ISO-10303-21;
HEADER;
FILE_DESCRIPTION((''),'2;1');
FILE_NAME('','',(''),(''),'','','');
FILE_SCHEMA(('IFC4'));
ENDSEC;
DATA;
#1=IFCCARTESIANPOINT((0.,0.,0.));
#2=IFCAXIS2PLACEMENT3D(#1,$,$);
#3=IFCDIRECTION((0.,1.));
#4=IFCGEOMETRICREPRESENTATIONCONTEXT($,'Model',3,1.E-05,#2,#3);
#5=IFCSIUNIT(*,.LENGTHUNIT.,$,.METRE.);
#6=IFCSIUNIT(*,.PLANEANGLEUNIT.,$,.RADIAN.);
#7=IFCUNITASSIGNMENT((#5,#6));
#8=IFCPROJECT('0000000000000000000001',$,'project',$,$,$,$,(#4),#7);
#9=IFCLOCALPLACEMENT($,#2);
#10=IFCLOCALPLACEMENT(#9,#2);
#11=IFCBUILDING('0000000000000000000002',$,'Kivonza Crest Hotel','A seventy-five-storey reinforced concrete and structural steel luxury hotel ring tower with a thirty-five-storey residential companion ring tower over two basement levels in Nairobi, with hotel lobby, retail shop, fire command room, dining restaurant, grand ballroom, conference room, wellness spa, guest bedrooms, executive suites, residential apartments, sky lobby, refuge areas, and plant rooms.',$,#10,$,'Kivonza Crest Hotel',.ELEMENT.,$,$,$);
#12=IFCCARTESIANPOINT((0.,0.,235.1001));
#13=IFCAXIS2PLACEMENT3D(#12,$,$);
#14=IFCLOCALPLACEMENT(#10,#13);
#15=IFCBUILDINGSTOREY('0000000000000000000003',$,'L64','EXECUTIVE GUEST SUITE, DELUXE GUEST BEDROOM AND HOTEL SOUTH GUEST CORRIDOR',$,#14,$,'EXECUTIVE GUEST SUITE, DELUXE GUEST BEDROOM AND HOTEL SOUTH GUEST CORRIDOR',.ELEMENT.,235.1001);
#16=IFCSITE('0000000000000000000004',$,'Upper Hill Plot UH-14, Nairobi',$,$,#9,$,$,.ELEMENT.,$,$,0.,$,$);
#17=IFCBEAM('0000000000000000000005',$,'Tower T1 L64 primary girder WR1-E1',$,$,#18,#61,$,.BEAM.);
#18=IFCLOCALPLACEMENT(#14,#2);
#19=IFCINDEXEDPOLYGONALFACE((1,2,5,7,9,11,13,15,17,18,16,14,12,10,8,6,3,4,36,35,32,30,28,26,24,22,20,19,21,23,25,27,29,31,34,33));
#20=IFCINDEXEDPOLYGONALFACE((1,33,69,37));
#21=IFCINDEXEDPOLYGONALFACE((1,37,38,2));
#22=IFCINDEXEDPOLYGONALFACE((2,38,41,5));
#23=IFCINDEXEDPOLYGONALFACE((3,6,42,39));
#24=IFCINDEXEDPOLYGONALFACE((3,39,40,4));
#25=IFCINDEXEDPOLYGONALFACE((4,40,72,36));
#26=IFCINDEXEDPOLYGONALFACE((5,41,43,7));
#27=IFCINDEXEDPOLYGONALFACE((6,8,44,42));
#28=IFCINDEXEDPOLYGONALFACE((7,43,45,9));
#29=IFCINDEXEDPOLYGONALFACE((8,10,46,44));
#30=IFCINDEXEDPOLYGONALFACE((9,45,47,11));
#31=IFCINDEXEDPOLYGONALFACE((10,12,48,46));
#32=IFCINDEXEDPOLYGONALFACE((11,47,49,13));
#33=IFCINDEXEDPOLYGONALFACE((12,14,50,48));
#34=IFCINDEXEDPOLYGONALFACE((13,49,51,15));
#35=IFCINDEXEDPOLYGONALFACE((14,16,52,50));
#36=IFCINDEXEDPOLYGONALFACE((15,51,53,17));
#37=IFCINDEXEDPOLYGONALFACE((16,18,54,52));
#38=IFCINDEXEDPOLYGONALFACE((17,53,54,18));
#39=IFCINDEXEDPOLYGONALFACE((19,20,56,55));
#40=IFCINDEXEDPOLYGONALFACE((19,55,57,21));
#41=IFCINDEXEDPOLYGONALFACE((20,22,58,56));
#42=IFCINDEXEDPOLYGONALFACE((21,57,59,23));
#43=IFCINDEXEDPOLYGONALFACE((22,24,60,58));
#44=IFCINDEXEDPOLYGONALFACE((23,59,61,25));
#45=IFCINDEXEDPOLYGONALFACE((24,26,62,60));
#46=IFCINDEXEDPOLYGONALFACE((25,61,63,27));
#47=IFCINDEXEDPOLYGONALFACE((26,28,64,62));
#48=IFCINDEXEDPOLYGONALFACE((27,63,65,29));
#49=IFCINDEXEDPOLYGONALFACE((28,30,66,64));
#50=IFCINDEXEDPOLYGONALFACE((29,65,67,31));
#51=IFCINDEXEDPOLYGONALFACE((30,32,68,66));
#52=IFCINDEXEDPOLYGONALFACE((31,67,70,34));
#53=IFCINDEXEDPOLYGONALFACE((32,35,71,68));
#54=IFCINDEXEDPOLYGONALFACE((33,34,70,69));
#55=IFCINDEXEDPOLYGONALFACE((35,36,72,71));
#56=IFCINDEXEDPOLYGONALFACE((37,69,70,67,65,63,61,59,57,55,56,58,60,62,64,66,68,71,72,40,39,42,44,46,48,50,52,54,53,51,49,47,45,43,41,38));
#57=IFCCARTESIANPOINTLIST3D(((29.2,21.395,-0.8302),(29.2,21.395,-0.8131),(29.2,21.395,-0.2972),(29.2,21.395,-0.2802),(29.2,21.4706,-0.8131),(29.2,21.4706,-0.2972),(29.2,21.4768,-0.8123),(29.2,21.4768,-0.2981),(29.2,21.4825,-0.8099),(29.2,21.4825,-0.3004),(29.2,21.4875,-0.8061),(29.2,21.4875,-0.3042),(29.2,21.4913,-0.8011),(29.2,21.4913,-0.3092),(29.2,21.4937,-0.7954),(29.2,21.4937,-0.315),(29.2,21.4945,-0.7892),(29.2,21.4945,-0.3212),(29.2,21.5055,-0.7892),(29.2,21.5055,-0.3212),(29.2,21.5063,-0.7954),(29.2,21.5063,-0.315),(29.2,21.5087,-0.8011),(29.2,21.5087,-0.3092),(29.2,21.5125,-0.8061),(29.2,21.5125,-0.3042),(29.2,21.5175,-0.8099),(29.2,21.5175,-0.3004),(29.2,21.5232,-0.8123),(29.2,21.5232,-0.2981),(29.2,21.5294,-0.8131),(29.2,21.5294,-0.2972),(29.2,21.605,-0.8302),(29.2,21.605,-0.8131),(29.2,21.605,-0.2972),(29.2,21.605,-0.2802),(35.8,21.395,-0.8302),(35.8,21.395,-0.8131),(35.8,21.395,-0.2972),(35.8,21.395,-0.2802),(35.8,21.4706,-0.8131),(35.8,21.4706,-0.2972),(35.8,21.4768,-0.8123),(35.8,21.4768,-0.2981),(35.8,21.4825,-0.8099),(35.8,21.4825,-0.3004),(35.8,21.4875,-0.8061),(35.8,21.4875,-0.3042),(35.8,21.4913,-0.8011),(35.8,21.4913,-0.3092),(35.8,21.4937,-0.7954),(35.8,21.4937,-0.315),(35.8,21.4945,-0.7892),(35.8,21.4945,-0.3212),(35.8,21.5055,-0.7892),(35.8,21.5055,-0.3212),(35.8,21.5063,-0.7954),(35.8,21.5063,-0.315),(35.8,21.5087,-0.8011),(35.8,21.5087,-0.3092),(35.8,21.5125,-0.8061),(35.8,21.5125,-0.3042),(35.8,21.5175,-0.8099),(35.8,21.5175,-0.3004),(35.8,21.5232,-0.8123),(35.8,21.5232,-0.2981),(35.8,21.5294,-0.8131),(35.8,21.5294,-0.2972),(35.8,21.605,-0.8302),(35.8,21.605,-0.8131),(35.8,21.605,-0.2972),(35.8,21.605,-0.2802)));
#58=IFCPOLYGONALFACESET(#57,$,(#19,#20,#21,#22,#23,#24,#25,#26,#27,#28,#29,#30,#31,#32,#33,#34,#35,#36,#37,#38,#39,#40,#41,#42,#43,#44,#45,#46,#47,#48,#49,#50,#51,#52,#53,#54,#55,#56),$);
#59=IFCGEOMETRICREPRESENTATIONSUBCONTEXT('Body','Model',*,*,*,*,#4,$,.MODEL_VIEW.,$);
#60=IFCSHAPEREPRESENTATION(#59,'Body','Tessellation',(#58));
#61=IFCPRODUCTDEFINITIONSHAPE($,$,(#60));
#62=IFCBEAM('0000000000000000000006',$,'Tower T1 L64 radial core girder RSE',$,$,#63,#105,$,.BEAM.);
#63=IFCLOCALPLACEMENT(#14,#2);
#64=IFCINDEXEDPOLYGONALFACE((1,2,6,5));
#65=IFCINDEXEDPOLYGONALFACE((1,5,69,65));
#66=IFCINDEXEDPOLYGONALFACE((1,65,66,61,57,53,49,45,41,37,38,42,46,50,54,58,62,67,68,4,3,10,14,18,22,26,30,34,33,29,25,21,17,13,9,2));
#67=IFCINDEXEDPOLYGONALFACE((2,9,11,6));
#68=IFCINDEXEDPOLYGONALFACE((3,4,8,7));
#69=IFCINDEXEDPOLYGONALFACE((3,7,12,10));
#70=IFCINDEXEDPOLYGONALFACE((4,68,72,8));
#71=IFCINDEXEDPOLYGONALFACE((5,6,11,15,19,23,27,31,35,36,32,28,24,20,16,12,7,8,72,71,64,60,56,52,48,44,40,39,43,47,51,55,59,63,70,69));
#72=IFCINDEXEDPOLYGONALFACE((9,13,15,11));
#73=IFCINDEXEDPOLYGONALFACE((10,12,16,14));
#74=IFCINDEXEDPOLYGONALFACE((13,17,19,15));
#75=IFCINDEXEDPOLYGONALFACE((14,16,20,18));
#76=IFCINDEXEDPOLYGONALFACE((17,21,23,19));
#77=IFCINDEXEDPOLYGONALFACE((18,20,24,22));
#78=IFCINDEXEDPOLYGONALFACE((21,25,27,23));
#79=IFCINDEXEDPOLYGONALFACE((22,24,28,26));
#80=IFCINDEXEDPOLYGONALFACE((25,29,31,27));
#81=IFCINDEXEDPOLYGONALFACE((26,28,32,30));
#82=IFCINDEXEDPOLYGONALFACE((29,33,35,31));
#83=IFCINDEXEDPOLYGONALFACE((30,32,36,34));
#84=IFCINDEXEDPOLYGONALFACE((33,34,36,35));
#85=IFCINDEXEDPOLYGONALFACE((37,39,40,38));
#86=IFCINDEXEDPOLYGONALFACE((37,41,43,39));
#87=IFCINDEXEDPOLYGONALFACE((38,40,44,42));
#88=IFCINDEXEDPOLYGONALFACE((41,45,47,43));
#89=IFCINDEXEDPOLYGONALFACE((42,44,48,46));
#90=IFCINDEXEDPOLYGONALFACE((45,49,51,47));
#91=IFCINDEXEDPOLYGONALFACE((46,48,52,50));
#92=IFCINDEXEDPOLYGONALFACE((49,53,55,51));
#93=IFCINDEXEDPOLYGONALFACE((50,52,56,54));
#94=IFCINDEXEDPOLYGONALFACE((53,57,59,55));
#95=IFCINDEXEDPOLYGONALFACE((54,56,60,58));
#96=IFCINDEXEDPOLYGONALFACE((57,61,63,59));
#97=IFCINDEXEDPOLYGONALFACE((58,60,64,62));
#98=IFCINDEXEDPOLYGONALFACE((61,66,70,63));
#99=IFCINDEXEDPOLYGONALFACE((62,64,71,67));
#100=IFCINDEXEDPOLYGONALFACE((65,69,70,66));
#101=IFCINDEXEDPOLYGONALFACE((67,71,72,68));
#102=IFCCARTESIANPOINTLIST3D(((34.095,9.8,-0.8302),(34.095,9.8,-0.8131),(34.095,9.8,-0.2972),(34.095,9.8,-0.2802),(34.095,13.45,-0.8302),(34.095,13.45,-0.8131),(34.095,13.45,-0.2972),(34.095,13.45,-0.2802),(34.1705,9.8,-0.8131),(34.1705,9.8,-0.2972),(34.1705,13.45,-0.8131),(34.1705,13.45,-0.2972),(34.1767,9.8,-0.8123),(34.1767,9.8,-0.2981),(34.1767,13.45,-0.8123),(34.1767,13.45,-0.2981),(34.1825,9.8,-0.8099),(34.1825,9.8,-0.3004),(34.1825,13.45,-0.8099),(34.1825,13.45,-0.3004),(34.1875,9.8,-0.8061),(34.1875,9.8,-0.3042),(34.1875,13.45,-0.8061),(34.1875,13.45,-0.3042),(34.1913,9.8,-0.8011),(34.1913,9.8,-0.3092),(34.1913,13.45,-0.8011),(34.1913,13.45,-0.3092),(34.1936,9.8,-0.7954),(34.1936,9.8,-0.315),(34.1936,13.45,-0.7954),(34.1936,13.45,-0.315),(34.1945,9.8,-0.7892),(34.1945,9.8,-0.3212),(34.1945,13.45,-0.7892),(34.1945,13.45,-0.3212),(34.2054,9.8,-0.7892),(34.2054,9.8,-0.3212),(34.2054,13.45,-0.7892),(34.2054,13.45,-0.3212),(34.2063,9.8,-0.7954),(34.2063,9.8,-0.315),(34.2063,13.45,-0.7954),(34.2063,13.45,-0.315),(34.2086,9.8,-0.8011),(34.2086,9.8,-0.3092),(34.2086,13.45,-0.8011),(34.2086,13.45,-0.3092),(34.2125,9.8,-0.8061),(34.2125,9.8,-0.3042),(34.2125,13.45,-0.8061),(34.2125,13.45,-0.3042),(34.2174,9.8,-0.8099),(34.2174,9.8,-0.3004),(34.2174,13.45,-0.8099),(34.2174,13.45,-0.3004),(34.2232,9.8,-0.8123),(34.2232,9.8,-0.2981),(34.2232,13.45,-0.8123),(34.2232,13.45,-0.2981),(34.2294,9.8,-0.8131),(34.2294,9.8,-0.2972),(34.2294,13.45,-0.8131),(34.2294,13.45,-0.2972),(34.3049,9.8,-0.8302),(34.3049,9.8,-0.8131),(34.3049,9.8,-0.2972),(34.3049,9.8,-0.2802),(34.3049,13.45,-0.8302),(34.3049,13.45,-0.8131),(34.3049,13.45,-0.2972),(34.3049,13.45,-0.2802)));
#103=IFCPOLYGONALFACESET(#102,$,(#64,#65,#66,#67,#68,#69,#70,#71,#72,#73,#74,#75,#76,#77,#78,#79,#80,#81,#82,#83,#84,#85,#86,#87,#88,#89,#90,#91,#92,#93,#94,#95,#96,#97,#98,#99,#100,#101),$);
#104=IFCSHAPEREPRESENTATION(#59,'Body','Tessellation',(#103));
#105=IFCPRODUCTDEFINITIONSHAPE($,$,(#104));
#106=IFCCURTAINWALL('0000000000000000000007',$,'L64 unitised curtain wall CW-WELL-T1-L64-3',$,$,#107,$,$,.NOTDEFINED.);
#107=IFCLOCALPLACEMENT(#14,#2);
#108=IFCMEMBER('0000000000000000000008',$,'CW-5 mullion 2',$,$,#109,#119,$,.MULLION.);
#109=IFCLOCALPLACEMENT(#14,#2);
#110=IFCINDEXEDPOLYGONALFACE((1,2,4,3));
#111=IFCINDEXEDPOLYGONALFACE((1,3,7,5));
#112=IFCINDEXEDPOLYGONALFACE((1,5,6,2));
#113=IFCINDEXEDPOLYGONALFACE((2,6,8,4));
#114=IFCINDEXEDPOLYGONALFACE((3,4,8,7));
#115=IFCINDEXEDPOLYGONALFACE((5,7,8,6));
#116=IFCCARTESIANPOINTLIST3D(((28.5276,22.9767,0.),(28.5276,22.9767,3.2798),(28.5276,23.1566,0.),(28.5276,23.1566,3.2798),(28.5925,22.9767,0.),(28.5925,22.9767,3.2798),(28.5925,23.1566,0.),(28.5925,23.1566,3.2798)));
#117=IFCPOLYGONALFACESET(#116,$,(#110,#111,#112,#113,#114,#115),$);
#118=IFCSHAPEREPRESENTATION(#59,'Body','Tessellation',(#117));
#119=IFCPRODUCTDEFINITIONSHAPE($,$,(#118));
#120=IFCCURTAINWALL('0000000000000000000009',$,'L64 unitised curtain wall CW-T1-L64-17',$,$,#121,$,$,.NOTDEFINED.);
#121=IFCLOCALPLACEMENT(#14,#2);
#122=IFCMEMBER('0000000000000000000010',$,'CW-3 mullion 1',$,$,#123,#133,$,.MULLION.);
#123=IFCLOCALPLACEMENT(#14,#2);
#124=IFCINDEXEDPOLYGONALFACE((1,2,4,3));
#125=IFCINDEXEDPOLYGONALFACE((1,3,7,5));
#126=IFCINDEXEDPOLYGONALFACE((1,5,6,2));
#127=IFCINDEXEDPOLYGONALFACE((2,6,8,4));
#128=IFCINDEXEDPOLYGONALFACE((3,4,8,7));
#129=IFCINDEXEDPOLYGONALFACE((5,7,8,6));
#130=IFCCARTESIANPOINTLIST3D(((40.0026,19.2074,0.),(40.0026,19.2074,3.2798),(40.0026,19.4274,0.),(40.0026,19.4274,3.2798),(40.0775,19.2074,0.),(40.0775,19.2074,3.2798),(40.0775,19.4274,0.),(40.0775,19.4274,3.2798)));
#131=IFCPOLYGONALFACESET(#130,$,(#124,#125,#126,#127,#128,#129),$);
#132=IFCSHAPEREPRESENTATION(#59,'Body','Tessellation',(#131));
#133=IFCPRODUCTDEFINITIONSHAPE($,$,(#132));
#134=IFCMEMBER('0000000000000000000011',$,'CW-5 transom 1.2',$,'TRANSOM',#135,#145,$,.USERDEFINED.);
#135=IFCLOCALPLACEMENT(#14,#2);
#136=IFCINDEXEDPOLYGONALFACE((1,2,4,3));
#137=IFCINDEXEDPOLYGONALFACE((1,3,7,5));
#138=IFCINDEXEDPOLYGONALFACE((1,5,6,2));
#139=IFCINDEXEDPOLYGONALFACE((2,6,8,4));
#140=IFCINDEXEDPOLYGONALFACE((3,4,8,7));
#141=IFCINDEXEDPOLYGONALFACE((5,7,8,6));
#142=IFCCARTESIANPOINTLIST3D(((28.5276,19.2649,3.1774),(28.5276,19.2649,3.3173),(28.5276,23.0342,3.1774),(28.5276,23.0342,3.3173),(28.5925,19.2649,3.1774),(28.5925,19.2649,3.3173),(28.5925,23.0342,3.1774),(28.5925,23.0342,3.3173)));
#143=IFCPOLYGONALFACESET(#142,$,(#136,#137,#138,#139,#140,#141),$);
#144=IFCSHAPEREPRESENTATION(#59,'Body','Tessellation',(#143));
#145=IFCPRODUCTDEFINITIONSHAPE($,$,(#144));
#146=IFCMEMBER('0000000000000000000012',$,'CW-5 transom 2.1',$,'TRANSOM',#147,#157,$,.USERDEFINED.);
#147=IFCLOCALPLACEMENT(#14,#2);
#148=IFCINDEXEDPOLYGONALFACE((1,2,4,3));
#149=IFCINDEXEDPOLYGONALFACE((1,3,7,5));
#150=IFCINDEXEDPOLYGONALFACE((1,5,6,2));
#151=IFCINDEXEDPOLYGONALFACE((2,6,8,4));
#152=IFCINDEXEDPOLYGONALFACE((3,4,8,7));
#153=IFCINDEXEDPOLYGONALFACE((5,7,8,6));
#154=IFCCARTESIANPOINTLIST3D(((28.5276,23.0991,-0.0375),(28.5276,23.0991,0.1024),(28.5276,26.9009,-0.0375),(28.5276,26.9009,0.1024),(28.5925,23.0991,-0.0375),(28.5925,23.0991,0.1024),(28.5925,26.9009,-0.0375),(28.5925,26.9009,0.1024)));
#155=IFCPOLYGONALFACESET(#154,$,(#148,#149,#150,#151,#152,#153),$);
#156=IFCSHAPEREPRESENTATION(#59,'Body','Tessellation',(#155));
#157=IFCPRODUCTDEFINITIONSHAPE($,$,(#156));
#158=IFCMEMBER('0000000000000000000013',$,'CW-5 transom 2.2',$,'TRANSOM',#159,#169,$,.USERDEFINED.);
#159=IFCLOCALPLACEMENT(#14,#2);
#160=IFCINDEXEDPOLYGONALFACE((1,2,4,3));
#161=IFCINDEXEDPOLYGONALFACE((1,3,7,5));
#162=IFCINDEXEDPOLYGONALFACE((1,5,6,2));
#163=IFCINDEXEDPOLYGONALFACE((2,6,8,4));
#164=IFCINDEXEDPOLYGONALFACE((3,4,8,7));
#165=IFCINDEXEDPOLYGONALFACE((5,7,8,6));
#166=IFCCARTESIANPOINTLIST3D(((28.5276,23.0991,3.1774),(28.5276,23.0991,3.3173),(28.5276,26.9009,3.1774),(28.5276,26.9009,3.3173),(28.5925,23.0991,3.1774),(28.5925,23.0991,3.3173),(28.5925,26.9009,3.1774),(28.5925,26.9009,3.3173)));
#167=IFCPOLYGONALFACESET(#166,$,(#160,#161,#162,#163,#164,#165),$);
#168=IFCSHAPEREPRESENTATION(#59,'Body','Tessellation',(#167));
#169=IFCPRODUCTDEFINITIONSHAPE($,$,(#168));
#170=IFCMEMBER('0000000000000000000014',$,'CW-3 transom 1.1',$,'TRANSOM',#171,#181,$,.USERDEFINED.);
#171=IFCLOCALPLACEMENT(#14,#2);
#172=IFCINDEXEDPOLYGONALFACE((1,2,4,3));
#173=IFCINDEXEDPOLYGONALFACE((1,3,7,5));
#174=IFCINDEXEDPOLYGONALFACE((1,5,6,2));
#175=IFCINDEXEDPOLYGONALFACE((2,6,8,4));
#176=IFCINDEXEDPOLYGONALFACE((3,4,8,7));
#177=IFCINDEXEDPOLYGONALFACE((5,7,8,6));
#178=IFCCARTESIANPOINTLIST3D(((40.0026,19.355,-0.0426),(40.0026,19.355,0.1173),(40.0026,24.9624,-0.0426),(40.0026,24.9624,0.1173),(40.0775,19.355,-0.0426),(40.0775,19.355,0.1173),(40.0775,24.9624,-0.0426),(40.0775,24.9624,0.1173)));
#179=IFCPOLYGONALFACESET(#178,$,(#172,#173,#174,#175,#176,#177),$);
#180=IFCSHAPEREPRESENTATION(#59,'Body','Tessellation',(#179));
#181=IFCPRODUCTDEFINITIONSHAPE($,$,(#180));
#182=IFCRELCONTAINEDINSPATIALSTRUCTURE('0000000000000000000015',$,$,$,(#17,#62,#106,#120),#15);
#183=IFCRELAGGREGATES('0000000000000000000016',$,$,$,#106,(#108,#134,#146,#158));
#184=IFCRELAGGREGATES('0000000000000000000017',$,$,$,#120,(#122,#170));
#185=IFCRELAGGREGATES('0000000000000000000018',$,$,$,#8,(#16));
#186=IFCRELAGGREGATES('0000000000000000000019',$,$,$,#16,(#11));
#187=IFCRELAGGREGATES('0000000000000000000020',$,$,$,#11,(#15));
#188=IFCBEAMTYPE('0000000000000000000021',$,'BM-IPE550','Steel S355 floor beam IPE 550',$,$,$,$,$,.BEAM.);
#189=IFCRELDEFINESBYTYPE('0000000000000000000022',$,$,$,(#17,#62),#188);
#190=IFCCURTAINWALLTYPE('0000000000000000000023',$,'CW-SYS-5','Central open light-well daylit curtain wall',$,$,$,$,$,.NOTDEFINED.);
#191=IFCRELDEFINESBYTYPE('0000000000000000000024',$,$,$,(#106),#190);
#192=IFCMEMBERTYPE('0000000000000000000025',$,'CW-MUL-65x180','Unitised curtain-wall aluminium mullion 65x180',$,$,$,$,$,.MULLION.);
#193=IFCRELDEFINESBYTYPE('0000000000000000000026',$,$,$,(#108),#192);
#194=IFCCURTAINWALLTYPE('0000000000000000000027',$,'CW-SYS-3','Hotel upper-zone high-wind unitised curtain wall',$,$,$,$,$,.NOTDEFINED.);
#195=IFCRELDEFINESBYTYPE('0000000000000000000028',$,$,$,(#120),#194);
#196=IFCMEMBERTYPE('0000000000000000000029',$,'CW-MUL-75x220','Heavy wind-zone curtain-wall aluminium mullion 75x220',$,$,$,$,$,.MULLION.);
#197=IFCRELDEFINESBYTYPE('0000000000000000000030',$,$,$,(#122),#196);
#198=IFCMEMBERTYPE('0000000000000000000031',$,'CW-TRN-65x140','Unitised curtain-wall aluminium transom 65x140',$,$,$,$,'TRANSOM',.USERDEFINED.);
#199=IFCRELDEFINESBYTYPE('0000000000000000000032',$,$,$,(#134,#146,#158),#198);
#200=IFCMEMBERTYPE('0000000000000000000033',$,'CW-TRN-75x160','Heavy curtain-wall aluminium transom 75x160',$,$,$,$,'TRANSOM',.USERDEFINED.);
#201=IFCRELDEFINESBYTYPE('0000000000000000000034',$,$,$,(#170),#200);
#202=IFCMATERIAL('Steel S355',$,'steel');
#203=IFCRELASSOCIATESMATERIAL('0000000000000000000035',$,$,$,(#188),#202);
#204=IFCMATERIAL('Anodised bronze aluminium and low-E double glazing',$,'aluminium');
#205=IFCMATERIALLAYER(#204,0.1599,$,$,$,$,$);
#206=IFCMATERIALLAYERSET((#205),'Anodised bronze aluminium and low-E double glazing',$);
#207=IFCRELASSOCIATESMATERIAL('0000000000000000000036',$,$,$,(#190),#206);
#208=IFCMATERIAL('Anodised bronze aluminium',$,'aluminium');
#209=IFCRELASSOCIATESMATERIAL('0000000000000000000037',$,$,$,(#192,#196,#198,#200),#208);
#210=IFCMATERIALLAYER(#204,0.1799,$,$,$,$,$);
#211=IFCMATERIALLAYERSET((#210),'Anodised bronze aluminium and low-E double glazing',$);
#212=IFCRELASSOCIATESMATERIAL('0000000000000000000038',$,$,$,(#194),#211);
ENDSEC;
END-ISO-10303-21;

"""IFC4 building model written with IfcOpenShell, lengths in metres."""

from ifc_helpers import new_model, si_unit, direction, frame, origin, origin_2d, place, context, subcontext, project, spatial, rectangle, i_section, extrude, material, layer, layer_set, material_profile, profile_set, type_object, element, aggregate, save


model = new_model("IFC4")

# Units and contexts
model_context = context("Model", 3, precision=1e-05, world=origin(), true_north=direction((0.0, 1.0)))
body_context = subcontext(model_context, "Body", "Model", "MODEL_VIEW")
ifc_project = project(units=[si_unit("LENGTHUNIT", "METRE"), si_unit("PLANEANGLEUNIT", "RADIAN")], contexts=[model_context])

# Site, building, storey
site_placement = place(None, origin())
site = spatial("IfcSite", under=ifc_project, at=site_placement, Name="Upper Hill Plot UH-14, Nairobi", CompositionType="ELEMENT", RefElevation=0.0)
building_placement = place(site_placement, origin())
building = spatial("IfcBuilding", under=site, at=building_placement, Name="Kivonza Crest Hotel", Description="A seventy-five-storey reinforced concrete and structural steel luxury hotel ring tower with a thirty-five-storey residential companion ring tower over two basement levels in Nairobi, with hotel lobby, retail shop, fire command room, dining restaurant, grand ballroom, conference room, wellness spa, guest bedrooms, executive suites, residential apartments, sky lobby, refuge areas, and plant rooms.", LongName="Kivonza Crest Hotel", CompositionType="ELEMENT")
storey_placement = place(building_placement, frame((0.0, 0.0, 235.1001)))
storey = spatial("IfcBuildingStorey", under=building, at=storey_placement, Name="L64", Description="EXECUTIVE GUEST SUITE, DELUXE GUEST BEDROOM AND HOTEL SOUTH GUEST CORRIDOR", LongName="EXECUTIVE GUEST SUITE, DELUXE GUEST BEDROOM AND HOTEL SOUTH GUEST CORRIDOR", CompositionType="ELEMENT", Elevation=235.1001)

# Beams
ifc_material_1 = material(Name="Steel S355", Category="steel")
ifc_material_profile_1 = material_profile(ifc_material_1, i_section(OverallWidth=0.21, OverallDepth=0.55, WebThickness=0.011, FlangeThickness=0.0171, FilletRadius=0.0239, at=origin_2d()), Name="IPE 550")
ifc_profile_set_1 = profile_set([ifc_material_profile_1], Name="Steel S355")
beam_type_1 = type_object("IfcBeamType", Name="BM-IPE550", Description="Steel S355 floor beam IPE 550", PredefinedType="BEAM", material=ifc_profile_set_1)
beam_1_placement = place(storey_placement, frame((29.2, 21.5, -0.5552), z_axis=(1.0, 0.0, 0.0), x_axis=(0.0, 1.0, 0.0)))
element("IfcBeam", 1, at=beam_1_placement, inside=storey, type_object=beam_type_1, Name="Tower T1 L64 primary girder WR1-E1", PredefinedType="BEAM", context=body_context, shape_type="SweptSolid", body=[
    extrude(i_section(OverallWidth=0.21, OverallDepth=0.55, WebThickness=0.011, FlangeThickness=0.0171, FilletRadius=0.0239, at=origin_2d()), origin(), (0.0, 0.0, 1.0), 6.6001),
])
beam_2_placement = place(storey_placement, frame((34.2, 9.8, -0.5552), z_axis=(0.0, 1.0, 0.0), x_axis=(-1.0, 0.0, 0.0)))
element("IfcBeam", 2, at=beam_2_placement, inside=storey, type_object=beam_type_1, Name="Tower T1 L64 radial core girder RSE", PredefinedType="BEAM", context=body_context, shape_type="SweptSolid", body=[
    extrude(i_section(OverallWidth=0.21, OverallDepth=0.55, WebThickness=0.011, FlangeThickness=0.0171, FilletRadius=0.0239, at=origin_2d()), origin(), (0.0, 0.0, 1.0), 3.6499),
])

# Curtain walls, members
ifc_material_2 = material(Name="Anodised bronze aluminium and low-E double glazing", Category="aluminium")
ifc_layer_1 = layer(ifc_material_2, 0.1599)
ifc_layer_set_1 = layer_set([ifc_layer_1], Name="Anodised bronze aluminium and low-E double glazing")
curtain_wall_type_1 = type_object("IfcCurtainWallType", Name="CW-SYS-5", Description="Central open light-well daylit curtain wall", PredefinedType="NOTDEFINED", material=ifc_layer_set_1)
curtain_wall_1_placement = place(storey_placement, origin())
curtain_wall_1 = element("IfcCurtainWall", 3, at=curtain_wall_1_placement, inside=storey, type_object=curtain_wall_type_1, Name="L64 unitised curtain wall CW-WELL-T1-L64-3", PredefinedType="NOTDEFINED")
ifc_material_3 = material(Name="Anodised bronze aluminium", Category="aluminium")
ifc_material_profile_2 = material_profile(ifc_material_3, rectangle(XDim=0.0649, YDim=0.1799, at=origin_2d()), Name="CW-M 65x180")
ifc_profile_set_2 = profile_set([ifc_material_profile_2], Name="Anodised bronze aluminium")
member_type_1 = type_object("IfcMemberType", Name="CW-MUL-65x180", Description="Unitised curtain-wall aluminium mullion 65x180", PredefinedType="MULLION", material=ifc_profile_set_2)
member_1_placement = place(storey_placement, frame((28.5601, 23.0667, 0.0), z_axis=(0.0, 0.0, 1.0), x_axis=(-1.0, 0.0, 0.0)))
member_1 = element("IfcMember", 4, at=member_1_placement, type_object=member_type_1, Name="CW-5 mullion 2", PredefinedType="MULLION", context=body_context, shape_type="SweptSolid", body=[
    extrude(rectangle(XDim=0.0649, YDim=0.1799, at=origin_2d()), origin(), (0.0, 0.0, 1.0), 3.2798),
])
ifc_layer_2 = layer(ifc_material_2, 0.1799)
ifc_layer_set_2 = layer_set([ifc_layer_2], Name="Anodised bronze aluminium and low-E double glazing")
curtain_wall_type_2 = type_object("IfcCurtainWallType", Name="CW-SYS-3", Description="Hotel upper-zone high-wind unitised curtain wall", PredefinedType="NOTDEFINED", material=ifc_layer_set_2)
curtain_wall_2_placement = place(storey_placement, origin())
curtain_wall_2 = element("IfcCurtainWall", 5, at=curtain_wall_2_placement, inside=storey, type_object=curtain_wall_type_2, Name="L64 unitised curtain wall CW-T1-L64-17", PredefinedType="NOTDEFINED")
ifc_material_profile_3 = material_profile(ifc_material_3, rectangle(XDim=0.075, YDim=0.22, at=origin_2d()), Name="CW-M 75x220")
ifc_profile_set_3 = profile_set([ifc_material_profile_3], Name="Anodised bronze aluminium")
member_type_2 = type_object("IfcMemberType", Name="CW-MUL-75x220", Description="Heavy wind-zone curtain-wall aluminium mullion 75x220", PredefinedType="MULLION", material=ifc_profile_set_3)
member_2_placement = place(storey_placement, frame((40.04, 19.3174, 0.0), z_axis=(0.0, 0.0, 1.0), x_axis=(-1.0, 0.0, 0.0)))
member_2 = element("IfcMember", 6, at=member_2_placement, type_object=member_type_2, Name="CW-3 mullion 1", PredefinedType="MULLION", context=body_context, shape_type="SweptSolid", body=[
    extrude(rectangle(XDim=0.075, YDim=0.22, at=origin_2d()), origin(), (0.0, 0.0, 1.0), 3.2798),
])

# Members
ifc_material_profile_4 = material_profile(ifc_material_3, rectangle(XDim=0.0649, YDim=0.1399, at=origin_2d()), Name="CW-T 65x140")
ifc_profile_set_4 = profile_set([ifc_material_profile_4], Name="Anodised bronze aluminium")
member_type_3 = type_object("IfcMemberType", Name="CW-TRN-65x140", Description="Unitised curtain-wall aluminium transom 65x140", ElementType="TRANSOM", PredefinedType="USERDEFINED", material=ifc_profile_set_4)
member_3_placement = place(storey_placement, frame((28.5601, 19.2649, 3.2473), z_axis=(0.0, 1.0, 0.0), x_axis=(-1.0, 0.0, 0.0)))
member_3 = element("IfcMember", 7, at=member_3_placement, type_object=member_type_3, Name="CW-5 transom 1.2", ObjectType="TRANSOM", PredefinedType="USERDEFINED", context=body_context, shape_type="SweptSolid", body=[
    extrude(rectangle(XDim=0.0649, YDim=0.1399, at=origin_2d()), origin(), (0.0, 0.0, 1.0), 3.7693),
])
member_4_placement = place(storey_placement, frame((28.5601, 23.0991, 0.0325), z_axis=(0.0, 1.0, 0.0), x_axis=(-1.0, 0.0, 0.0)))
member_4 = element("IfcMember", 8, at=member_4_placement, type_object=member_type_3, Name="CW-5 transom 2.1", ObjectType="TRANSOM", PredefinedType="USERDEFINED", context=body_context, shape_type="SweptSolid", body=[
    extrude(rectangle(XDim=0.0649, YDim=0.1399, at=origin_2d()), origin(), (0.0, 0.0, 1.0), 3.8018),
])
member_5_placement = place(storey_placement, frame((28.5601, 23.0991, 3.2473), z_axis=(0.0, 1.0, 0.0), x_axis=(-1.0, 0.0, 0.0)))
member_5 = element("IfcMember", 9, at=member_5_placement, type_object=member_type_3, Name="CW-5 transom 2.2", ObjectType="TRANSOM", PredefinedType="USERDEFINED", context=body_context, shape_type="SweptSolid", body=[
    extrude(rectangle(XDim=0.0649, YDim=0.1399, at=origin_2d()), origin(), (0.0, 0.0, 1.0), 3.8018),
])
ifc_material_profile_5 = material_profile(ifc_material_3, rectangle(XDim=0.075, YDim=0.1599, at=origin_2d()), Name="CW-T 75x160")
ifc_profile_set_5 = profile_set([ifc_material_profile_5], Name="Anodised bronze aluminium")
member_type_4 = type_object("IfcMemberType", Name="CW-TRN-75x160", Description="Heavy curtain-wall aluminium transom 75x160", ElementType="TRANSOM", PredefinedType="USERDEFINED", material=ifc_profile_set_5)
member_6_placement = place(storey_placement, frame((40.04, 19.355, 0.0374), z_axis=(0.0, 1.0, 0.0), x_axis=(-1.0, 0.0, 0.0)))
member_6 = element("IfcMember", 10, at=member_6_placement, type_object=member_type_4, Name="CW-3 transom 1.1", ObjectType="TRANSOM", PredefinedType="USERDEFINED", context=body_context, shape_type="SweptSolid", body=[
    extrude(rectangle(XDim=0.075, YDim=0.1599, at=origin_2d()), origin(), (0.0, 0.0, 1.0), 5.6074),
])

aggregate(curtain_wall_1, [member_1, member_3, member_4, member_5])
aggregate(curtain_wall_2, [member_2, member_6])

save(model, "model.ifc")
